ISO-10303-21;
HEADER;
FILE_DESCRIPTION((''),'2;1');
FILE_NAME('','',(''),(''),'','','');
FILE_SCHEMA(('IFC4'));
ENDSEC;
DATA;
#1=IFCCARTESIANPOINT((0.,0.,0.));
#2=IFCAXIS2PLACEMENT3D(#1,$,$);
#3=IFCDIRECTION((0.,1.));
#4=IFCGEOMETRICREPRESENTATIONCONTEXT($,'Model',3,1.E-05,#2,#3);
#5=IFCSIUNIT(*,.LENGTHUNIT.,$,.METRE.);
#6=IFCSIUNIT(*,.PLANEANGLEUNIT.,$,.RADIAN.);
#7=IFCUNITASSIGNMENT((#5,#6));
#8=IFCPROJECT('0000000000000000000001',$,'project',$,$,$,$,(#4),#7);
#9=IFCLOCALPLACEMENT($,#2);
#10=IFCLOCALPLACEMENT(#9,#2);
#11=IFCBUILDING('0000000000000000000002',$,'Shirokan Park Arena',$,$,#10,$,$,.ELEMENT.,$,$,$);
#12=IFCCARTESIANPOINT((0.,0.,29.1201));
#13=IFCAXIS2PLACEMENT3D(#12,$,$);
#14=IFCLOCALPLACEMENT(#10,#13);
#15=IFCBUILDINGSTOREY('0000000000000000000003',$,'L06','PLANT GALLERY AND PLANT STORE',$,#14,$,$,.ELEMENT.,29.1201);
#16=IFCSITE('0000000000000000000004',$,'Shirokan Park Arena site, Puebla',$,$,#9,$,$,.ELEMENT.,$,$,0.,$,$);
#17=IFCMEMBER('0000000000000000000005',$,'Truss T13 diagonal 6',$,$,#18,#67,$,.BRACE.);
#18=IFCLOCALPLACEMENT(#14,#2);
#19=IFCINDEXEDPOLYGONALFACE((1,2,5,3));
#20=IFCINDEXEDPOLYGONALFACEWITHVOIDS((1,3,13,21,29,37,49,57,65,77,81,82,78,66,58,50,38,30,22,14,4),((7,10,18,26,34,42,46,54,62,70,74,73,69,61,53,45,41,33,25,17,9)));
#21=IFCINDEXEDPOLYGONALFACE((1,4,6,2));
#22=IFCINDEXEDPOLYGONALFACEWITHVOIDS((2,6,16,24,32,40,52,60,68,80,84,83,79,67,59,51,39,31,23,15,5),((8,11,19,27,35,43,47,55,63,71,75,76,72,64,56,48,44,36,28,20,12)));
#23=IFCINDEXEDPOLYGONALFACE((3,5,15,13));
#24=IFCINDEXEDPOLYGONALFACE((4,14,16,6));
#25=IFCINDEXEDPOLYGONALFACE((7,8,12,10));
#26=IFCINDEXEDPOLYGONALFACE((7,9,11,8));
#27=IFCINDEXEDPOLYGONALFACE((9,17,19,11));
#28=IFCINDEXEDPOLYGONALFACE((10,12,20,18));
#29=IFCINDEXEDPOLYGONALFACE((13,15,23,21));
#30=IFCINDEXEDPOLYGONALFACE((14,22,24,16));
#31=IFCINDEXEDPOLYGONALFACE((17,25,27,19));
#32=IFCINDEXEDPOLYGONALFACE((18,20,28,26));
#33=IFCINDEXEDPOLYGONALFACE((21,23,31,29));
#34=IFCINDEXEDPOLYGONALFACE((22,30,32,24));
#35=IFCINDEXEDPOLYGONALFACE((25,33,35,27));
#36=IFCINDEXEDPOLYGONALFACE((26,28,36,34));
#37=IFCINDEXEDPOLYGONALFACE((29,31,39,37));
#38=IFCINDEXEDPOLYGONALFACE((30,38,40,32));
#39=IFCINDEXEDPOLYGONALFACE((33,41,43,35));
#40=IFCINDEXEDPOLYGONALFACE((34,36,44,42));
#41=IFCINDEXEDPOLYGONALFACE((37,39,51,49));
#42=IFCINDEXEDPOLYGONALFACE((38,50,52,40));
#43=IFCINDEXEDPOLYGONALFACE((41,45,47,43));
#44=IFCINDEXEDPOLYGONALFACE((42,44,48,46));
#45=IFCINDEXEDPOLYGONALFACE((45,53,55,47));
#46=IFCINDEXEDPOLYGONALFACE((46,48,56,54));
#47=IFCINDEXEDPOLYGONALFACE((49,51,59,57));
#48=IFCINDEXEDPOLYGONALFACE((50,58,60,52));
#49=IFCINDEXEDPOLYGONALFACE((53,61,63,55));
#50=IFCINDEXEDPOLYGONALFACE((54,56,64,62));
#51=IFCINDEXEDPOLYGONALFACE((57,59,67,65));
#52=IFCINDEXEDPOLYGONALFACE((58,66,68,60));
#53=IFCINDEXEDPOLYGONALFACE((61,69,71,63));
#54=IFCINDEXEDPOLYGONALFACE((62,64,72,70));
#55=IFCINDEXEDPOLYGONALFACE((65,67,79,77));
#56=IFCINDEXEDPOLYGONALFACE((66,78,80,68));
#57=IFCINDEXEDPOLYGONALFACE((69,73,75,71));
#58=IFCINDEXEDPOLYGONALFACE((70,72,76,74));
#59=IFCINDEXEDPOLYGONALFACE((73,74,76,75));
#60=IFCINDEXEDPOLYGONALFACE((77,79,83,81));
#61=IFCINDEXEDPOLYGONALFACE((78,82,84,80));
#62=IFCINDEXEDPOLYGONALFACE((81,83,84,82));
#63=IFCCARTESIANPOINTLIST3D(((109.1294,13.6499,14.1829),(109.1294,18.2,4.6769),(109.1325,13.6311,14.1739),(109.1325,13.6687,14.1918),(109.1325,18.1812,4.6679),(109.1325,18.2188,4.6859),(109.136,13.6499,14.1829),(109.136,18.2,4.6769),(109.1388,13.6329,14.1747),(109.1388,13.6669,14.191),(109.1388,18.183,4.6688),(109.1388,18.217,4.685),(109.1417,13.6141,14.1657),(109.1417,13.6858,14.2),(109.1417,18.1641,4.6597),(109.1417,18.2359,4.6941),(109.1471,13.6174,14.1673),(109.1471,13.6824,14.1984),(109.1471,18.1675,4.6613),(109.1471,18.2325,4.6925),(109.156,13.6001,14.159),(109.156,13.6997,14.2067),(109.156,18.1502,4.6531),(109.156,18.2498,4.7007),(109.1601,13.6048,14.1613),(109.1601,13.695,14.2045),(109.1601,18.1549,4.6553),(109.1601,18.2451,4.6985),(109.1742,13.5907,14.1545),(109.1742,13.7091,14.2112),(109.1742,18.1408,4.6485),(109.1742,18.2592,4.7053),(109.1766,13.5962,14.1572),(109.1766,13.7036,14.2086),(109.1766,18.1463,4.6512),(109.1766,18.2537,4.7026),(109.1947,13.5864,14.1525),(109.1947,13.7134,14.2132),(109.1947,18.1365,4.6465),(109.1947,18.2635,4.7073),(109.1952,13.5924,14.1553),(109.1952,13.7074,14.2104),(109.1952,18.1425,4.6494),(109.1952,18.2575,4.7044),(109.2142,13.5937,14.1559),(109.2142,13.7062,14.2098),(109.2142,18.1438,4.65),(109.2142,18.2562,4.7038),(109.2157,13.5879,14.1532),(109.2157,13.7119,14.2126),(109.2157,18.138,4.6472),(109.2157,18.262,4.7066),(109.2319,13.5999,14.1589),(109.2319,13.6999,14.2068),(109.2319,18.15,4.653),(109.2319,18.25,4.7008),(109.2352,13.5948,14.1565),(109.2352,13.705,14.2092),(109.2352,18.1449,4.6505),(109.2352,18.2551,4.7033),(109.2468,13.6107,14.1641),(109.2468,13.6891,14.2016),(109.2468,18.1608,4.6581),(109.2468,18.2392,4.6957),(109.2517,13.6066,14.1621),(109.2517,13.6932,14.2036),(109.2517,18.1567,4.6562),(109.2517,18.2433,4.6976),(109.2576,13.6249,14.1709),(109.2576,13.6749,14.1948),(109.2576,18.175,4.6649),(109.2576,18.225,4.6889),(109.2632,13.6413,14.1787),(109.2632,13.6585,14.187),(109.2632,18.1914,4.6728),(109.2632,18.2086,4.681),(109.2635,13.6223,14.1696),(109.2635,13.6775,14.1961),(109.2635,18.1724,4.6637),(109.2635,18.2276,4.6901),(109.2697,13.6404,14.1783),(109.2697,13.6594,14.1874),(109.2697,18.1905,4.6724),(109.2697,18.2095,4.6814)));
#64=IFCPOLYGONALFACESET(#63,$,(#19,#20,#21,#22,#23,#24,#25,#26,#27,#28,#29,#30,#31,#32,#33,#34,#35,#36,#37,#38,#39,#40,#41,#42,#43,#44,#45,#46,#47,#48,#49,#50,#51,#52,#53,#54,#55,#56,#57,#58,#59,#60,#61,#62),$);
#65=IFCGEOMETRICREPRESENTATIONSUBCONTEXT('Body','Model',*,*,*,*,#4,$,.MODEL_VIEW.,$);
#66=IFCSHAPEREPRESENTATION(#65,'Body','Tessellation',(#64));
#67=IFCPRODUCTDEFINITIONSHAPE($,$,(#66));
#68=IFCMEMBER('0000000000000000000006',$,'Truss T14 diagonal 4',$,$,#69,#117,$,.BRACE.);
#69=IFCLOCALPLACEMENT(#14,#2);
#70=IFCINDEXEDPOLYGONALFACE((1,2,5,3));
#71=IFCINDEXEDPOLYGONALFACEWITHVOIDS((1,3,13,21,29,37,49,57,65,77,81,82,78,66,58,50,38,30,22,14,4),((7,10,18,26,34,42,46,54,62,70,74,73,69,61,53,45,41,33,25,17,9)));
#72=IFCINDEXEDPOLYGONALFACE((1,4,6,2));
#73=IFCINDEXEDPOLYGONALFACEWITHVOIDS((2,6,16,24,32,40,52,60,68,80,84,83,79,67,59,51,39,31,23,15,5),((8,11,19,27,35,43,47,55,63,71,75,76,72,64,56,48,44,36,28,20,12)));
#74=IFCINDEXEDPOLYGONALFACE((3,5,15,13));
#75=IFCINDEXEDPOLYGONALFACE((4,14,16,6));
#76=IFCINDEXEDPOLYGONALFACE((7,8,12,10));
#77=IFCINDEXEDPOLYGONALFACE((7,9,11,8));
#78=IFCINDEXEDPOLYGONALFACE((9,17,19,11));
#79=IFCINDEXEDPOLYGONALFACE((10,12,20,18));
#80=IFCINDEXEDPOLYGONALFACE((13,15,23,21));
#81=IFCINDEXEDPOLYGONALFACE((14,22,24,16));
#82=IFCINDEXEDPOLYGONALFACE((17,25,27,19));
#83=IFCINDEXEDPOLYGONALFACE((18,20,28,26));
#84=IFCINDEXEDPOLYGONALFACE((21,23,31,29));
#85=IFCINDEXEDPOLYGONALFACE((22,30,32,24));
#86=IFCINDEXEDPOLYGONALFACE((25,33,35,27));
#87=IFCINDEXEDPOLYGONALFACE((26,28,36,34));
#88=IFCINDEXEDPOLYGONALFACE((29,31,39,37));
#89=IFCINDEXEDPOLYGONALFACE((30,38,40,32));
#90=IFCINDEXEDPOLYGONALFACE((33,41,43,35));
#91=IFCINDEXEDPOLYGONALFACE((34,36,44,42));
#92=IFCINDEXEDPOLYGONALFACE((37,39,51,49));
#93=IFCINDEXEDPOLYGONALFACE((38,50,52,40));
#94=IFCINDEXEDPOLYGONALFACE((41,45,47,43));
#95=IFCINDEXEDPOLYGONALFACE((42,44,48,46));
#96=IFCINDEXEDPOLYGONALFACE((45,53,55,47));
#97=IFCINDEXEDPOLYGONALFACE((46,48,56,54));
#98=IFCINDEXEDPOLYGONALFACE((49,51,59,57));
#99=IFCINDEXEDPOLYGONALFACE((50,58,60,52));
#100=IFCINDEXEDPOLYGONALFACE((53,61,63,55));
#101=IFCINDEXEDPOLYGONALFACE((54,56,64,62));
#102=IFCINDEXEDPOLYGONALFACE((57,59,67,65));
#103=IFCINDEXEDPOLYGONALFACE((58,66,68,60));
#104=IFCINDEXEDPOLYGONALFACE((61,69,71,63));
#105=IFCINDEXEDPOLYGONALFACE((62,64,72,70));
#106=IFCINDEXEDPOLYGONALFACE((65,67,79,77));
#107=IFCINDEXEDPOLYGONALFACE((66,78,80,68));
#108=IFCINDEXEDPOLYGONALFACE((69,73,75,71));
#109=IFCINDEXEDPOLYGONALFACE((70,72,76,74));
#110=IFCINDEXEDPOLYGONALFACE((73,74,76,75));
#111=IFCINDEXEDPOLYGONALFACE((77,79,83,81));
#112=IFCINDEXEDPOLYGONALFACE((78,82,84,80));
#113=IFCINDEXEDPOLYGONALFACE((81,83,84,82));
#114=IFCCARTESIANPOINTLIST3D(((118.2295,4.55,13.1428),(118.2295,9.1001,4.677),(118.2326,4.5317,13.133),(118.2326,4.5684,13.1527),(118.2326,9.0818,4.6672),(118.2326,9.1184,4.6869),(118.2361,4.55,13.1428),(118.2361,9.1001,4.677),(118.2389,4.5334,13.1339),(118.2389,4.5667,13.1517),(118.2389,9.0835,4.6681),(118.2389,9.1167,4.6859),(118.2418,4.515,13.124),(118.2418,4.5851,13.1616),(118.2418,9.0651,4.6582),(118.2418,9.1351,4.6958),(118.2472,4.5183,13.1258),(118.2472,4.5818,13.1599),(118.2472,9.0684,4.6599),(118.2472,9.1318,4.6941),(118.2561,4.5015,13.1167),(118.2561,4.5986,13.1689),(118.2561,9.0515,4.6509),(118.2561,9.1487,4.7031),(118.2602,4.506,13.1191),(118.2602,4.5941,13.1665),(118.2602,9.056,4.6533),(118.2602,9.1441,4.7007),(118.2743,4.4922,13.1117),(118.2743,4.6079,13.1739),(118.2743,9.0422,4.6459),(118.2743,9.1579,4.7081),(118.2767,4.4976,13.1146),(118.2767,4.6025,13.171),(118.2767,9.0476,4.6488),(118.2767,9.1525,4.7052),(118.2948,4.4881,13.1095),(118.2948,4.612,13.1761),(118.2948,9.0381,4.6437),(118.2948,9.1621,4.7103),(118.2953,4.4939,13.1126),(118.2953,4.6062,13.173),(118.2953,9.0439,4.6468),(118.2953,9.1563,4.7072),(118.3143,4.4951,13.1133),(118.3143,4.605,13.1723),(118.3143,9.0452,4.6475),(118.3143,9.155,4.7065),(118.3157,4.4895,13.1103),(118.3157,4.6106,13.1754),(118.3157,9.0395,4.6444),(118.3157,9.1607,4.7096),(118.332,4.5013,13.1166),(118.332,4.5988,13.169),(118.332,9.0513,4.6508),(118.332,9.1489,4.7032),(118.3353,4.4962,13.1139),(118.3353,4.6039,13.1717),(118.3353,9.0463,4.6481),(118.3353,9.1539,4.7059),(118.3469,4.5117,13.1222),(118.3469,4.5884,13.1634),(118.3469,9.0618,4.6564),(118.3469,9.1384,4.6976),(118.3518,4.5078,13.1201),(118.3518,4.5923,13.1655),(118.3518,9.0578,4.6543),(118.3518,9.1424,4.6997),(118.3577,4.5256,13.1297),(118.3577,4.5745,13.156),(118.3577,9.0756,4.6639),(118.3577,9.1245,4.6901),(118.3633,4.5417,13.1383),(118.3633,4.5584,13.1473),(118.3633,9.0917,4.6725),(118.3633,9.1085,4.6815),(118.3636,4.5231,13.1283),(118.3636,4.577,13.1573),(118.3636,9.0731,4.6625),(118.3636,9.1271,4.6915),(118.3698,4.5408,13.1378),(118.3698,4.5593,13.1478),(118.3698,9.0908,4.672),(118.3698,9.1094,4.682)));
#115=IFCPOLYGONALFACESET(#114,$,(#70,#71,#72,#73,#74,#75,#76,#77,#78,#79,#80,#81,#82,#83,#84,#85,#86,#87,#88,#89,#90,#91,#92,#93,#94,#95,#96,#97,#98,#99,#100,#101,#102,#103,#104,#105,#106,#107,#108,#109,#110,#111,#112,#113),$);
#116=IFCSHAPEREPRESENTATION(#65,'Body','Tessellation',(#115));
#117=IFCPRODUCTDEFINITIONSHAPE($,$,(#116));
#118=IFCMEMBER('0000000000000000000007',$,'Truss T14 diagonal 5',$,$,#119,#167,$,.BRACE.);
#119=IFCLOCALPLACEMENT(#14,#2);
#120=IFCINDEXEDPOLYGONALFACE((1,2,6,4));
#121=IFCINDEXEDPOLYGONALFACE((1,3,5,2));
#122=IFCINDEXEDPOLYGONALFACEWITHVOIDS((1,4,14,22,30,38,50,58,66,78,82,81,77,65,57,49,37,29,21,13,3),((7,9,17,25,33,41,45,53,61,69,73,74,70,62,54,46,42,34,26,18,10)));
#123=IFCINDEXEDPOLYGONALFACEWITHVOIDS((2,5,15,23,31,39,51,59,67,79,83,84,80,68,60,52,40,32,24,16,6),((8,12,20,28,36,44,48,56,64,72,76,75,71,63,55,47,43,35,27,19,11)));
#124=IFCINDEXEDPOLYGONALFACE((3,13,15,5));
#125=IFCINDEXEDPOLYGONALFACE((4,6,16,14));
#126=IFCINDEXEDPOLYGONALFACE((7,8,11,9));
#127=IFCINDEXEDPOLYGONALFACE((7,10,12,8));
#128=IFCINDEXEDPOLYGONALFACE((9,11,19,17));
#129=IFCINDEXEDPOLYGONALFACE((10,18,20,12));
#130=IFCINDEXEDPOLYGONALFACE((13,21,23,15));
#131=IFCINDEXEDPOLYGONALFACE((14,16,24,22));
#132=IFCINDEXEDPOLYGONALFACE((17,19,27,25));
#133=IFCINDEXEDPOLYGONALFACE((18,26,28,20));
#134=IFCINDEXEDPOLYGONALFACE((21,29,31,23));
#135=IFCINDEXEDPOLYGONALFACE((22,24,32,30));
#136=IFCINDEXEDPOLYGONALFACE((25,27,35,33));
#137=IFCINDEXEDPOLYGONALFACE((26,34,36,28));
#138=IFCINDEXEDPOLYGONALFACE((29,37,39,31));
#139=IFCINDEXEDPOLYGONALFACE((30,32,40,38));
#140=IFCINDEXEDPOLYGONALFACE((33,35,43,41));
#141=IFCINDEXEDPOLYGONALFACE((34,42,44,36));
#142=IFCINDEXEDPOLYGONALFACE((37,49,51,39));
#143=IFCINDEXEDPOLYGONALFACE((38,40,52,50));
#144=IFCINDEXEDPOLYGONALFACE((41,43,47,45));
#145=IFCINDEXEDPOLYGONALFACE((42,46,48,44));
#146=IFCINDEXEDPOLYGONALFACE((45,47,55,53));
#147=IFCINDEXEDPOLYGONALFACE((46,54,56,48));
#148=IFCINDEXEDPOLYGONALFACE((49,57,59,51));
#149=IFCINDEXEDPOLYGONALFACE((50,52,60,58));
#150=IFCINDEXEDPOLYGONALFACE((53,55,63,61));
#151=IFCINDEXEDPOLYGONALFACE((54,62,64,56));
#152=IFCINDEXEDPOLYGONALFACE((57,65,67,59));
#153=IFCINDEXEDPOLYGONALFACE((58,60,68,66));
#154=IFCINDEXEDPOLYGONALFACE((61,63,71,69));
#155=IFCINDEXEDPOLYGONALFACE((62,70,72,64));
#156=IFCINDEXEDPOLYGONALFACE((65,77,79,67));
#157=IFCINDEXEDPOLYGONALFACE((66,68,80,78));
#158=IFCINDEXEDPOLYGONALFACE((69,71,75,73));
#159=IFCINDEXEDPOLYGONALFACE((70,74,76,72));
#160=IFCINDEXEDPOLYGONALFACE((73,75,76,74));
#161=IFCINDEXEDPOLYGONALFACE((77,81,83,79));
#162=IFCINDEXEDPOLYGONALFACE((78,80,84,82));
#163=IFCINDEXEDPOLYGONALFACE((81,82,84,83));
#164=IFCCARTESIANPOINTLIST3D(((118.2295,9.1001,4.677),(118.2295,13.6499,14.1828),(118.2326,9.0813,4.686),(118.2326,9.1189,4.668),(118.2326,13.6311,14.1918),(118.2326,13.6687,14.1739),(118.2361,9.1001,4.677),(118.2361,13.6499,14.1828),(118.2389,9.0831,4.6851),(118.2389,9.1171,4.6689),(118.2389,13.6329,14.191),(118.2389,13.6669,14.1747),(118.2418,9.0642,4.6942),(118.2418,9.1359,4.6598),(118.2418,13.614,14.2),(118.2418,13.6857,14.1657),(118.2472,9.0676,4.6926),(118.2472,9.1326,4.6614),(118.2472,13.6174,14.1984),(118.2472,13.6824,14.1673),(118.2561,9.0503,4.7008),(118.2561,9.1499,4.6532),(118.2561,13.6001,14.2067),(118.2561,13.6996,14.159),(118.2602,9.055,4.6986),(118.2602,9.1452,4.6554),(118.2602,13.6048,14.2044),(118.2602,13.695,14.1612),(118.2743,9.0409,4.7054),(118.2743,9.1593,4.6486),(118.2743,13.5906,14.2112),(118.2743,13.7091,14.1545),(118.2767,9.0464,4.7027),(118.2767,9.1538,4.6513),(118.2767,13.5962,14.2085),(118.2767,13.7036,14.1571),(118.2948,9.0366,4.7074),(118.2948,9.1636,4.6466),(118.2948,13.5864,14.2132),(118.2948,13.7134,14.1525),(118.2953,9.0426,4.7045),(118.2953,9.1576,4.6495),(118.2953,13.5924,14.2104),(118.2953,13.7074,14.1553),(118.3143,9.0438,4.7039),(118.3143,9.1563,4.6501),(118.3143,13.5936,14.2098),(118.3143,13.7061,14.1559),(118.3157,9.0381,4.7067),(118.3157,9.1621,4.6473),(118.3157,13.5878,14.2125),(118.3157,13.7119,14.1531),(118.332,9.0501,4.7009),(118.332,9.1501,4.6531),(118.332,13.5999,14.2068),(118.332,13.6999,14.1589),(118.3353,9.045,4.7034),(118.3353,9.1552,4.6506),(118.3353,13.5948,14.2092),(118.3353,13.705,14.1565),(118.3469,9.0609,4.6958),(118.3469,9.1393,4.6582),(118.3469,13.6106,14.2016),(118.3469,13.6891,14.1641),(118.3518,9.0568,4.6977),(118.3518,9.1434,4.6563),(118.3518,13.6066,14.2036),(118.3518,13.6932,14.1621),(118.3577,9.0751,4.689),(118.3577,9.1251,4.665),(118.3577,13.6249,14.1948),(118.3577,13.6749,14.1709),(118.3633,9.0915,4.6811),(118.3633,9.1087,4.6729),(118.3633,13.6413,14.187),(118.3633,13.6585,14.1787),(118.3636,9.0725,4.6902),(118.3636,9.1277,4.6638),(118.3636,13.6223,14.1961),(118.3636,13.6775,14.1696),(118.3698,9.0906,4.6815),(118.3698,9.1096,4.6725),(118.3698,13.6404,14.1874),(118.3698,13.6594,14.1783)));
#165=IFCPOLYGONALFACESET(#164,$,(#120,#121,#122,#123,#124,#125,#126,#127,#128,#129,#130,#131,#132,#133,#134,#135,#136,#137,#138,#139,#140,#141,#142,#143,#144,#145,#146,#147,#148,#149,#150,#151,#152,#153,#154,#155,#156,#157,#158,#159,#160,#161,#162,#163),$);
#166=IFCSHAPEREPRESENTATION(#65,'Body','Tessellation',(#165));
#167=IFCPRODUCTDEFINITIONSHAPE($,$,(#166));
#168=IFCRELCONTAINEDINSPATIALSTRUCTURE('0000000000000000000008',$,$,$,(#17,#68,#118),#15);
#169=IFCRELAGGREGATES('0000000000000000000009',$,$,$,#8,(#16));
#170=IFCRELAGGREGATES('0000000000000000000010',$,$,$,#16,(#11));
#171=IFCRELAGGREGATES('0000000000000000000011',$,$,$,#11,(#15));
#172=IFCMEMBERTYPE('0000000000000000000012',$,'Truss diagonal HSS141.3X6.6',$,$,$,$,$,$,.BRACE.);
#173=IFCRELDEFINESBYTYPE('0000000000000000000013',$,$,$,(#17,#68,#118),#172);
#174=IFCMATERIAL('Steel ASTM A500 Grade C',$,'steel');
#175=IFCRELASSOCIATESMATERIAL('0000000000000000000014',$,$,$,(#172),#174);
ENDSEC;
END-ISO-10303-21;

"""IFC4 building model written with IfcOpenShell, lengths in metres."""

from ifc_helpers import new_model, si_unit, direction, frame, origin, origin_2d, place, context, subcontext, project, spatial, hollow_circle, extrude, material, material_profile, profile_set, type_object, element, save


model = new_model("IFC4")

# Units and contexts
model_context = context("Model", 3, precision=1e-05, world=origin(), true_north=direction((0.0, 1.0)))
body_context = subcontext(model_context, "Body", "Model", "MODEL_VIEW")
ifc_project = project(units=[si_unit("LENGTHUNIT", "METRE"), si_unit("PLANEANGLEUNIT", "RADIAN")], contexts=[model_context])

# Site, building, storey
site_placement = place(None, origin())
site = spatial("IfcSite", under=ifc_project, at=site_placement, Name="Shirokan Park Arena site, Puebla", CompositionType="ELEMENT", RefElevation=0.0)
building_placement = place(site_placement, origin())
building = spatial("IfcBuilding", under=site, at=building_placement, Name="Shirokan Park Arena", CompositionType="ELEMENT")
storey_placement = place(building_placement, frame((0.0, 0.0, 29.1201)))
storey = spatial("IfcBuildingStorey", under=building, at=storey_placement, Name="L06", Description="PLANT GALLERY AND PLANT STORE", CompositionType="ELEMENT", Elevation=29.1201)

# Members
ifc_material_1 = material(Name="Steel ASTM A500 Grade C", Category="steel")
ifc_material_profile_1 = material_profile(ifc_material_1, hollow_circle(Radius=0.0706, WallThickness=0.0066, at=origin_2d()), Name="HSS141.3X6.6")
ifc_profile_set_1 = profile_set([ifc_material_profile_1], Name="Steel ASTM A500 Grade C")
member_type_1 = type_object("IfcMemberType", Name="Truss diagonal HSS141.3X6.6", PredefinedType="BRACE", material=ifc_profile_set_1)
member_1_placement = place(storey_placement, frame((109.2, 13.6499, 14.1829), z_axis=(0.0, 0.431746, -0.901995), x_axis=(-1.0, 0.0, 0.0)))
element("IfcMember", 1, at=member_1_placement, inside=storey, type_object=member_type_1, Name="Truss T13 diagonal 6", PredefinedType="BRACE", context=body_context, shape_type="SweptSolid", body=[
    extrude(hollow_circle(Radius=0.0706, WallThickness=0.0066, at=origin_2d()), origin(), (0.0, 0.0, 1.0), 10.5388),
])
member_2_placement = place(storey_placement, frame((118.3, 4.55, 13.1428), z_axis=(0.0, 0.473417, -0.880839), x_axis=(-1.0, 0.0, 0.0)))
element("IfcMember", 2, at=member_2_placement, inside=storey, type_object=member_type_1, Name="Truss T14 diagonal 4", PredefinedType="BRACE", context=body_context, shape_type="SweptSolid", body=[
    extrude(hollow_circle(Radius=0.0706, WallThickness=0.0066, at=origin_2d()), origin(), (0.0, 0.0, 1.0), 9.6111),
])
member_3_placement = place(storey_placement, frame((118.3, 9.1001, 4.677), z_axis=(0.0, 0.431728, 0.902004), x_axis=(-1.0, 0.0, 0.0)))
element("IfcMember", 3, at=member_3_placement, inside=storey, type_object=member_type_1, Name="Truss T14 diagonal 5", PredefinedType="BRACE", context=body_context, shape_type="SweptSolid", body=[
    extrude(hollow_circle(Radius=0.0706, WallThickness=0.0066, at=origin_2d()), origin(), (0.0, 0.0, 1.0), 10.5386),
])

save(model, "model.ifc")
